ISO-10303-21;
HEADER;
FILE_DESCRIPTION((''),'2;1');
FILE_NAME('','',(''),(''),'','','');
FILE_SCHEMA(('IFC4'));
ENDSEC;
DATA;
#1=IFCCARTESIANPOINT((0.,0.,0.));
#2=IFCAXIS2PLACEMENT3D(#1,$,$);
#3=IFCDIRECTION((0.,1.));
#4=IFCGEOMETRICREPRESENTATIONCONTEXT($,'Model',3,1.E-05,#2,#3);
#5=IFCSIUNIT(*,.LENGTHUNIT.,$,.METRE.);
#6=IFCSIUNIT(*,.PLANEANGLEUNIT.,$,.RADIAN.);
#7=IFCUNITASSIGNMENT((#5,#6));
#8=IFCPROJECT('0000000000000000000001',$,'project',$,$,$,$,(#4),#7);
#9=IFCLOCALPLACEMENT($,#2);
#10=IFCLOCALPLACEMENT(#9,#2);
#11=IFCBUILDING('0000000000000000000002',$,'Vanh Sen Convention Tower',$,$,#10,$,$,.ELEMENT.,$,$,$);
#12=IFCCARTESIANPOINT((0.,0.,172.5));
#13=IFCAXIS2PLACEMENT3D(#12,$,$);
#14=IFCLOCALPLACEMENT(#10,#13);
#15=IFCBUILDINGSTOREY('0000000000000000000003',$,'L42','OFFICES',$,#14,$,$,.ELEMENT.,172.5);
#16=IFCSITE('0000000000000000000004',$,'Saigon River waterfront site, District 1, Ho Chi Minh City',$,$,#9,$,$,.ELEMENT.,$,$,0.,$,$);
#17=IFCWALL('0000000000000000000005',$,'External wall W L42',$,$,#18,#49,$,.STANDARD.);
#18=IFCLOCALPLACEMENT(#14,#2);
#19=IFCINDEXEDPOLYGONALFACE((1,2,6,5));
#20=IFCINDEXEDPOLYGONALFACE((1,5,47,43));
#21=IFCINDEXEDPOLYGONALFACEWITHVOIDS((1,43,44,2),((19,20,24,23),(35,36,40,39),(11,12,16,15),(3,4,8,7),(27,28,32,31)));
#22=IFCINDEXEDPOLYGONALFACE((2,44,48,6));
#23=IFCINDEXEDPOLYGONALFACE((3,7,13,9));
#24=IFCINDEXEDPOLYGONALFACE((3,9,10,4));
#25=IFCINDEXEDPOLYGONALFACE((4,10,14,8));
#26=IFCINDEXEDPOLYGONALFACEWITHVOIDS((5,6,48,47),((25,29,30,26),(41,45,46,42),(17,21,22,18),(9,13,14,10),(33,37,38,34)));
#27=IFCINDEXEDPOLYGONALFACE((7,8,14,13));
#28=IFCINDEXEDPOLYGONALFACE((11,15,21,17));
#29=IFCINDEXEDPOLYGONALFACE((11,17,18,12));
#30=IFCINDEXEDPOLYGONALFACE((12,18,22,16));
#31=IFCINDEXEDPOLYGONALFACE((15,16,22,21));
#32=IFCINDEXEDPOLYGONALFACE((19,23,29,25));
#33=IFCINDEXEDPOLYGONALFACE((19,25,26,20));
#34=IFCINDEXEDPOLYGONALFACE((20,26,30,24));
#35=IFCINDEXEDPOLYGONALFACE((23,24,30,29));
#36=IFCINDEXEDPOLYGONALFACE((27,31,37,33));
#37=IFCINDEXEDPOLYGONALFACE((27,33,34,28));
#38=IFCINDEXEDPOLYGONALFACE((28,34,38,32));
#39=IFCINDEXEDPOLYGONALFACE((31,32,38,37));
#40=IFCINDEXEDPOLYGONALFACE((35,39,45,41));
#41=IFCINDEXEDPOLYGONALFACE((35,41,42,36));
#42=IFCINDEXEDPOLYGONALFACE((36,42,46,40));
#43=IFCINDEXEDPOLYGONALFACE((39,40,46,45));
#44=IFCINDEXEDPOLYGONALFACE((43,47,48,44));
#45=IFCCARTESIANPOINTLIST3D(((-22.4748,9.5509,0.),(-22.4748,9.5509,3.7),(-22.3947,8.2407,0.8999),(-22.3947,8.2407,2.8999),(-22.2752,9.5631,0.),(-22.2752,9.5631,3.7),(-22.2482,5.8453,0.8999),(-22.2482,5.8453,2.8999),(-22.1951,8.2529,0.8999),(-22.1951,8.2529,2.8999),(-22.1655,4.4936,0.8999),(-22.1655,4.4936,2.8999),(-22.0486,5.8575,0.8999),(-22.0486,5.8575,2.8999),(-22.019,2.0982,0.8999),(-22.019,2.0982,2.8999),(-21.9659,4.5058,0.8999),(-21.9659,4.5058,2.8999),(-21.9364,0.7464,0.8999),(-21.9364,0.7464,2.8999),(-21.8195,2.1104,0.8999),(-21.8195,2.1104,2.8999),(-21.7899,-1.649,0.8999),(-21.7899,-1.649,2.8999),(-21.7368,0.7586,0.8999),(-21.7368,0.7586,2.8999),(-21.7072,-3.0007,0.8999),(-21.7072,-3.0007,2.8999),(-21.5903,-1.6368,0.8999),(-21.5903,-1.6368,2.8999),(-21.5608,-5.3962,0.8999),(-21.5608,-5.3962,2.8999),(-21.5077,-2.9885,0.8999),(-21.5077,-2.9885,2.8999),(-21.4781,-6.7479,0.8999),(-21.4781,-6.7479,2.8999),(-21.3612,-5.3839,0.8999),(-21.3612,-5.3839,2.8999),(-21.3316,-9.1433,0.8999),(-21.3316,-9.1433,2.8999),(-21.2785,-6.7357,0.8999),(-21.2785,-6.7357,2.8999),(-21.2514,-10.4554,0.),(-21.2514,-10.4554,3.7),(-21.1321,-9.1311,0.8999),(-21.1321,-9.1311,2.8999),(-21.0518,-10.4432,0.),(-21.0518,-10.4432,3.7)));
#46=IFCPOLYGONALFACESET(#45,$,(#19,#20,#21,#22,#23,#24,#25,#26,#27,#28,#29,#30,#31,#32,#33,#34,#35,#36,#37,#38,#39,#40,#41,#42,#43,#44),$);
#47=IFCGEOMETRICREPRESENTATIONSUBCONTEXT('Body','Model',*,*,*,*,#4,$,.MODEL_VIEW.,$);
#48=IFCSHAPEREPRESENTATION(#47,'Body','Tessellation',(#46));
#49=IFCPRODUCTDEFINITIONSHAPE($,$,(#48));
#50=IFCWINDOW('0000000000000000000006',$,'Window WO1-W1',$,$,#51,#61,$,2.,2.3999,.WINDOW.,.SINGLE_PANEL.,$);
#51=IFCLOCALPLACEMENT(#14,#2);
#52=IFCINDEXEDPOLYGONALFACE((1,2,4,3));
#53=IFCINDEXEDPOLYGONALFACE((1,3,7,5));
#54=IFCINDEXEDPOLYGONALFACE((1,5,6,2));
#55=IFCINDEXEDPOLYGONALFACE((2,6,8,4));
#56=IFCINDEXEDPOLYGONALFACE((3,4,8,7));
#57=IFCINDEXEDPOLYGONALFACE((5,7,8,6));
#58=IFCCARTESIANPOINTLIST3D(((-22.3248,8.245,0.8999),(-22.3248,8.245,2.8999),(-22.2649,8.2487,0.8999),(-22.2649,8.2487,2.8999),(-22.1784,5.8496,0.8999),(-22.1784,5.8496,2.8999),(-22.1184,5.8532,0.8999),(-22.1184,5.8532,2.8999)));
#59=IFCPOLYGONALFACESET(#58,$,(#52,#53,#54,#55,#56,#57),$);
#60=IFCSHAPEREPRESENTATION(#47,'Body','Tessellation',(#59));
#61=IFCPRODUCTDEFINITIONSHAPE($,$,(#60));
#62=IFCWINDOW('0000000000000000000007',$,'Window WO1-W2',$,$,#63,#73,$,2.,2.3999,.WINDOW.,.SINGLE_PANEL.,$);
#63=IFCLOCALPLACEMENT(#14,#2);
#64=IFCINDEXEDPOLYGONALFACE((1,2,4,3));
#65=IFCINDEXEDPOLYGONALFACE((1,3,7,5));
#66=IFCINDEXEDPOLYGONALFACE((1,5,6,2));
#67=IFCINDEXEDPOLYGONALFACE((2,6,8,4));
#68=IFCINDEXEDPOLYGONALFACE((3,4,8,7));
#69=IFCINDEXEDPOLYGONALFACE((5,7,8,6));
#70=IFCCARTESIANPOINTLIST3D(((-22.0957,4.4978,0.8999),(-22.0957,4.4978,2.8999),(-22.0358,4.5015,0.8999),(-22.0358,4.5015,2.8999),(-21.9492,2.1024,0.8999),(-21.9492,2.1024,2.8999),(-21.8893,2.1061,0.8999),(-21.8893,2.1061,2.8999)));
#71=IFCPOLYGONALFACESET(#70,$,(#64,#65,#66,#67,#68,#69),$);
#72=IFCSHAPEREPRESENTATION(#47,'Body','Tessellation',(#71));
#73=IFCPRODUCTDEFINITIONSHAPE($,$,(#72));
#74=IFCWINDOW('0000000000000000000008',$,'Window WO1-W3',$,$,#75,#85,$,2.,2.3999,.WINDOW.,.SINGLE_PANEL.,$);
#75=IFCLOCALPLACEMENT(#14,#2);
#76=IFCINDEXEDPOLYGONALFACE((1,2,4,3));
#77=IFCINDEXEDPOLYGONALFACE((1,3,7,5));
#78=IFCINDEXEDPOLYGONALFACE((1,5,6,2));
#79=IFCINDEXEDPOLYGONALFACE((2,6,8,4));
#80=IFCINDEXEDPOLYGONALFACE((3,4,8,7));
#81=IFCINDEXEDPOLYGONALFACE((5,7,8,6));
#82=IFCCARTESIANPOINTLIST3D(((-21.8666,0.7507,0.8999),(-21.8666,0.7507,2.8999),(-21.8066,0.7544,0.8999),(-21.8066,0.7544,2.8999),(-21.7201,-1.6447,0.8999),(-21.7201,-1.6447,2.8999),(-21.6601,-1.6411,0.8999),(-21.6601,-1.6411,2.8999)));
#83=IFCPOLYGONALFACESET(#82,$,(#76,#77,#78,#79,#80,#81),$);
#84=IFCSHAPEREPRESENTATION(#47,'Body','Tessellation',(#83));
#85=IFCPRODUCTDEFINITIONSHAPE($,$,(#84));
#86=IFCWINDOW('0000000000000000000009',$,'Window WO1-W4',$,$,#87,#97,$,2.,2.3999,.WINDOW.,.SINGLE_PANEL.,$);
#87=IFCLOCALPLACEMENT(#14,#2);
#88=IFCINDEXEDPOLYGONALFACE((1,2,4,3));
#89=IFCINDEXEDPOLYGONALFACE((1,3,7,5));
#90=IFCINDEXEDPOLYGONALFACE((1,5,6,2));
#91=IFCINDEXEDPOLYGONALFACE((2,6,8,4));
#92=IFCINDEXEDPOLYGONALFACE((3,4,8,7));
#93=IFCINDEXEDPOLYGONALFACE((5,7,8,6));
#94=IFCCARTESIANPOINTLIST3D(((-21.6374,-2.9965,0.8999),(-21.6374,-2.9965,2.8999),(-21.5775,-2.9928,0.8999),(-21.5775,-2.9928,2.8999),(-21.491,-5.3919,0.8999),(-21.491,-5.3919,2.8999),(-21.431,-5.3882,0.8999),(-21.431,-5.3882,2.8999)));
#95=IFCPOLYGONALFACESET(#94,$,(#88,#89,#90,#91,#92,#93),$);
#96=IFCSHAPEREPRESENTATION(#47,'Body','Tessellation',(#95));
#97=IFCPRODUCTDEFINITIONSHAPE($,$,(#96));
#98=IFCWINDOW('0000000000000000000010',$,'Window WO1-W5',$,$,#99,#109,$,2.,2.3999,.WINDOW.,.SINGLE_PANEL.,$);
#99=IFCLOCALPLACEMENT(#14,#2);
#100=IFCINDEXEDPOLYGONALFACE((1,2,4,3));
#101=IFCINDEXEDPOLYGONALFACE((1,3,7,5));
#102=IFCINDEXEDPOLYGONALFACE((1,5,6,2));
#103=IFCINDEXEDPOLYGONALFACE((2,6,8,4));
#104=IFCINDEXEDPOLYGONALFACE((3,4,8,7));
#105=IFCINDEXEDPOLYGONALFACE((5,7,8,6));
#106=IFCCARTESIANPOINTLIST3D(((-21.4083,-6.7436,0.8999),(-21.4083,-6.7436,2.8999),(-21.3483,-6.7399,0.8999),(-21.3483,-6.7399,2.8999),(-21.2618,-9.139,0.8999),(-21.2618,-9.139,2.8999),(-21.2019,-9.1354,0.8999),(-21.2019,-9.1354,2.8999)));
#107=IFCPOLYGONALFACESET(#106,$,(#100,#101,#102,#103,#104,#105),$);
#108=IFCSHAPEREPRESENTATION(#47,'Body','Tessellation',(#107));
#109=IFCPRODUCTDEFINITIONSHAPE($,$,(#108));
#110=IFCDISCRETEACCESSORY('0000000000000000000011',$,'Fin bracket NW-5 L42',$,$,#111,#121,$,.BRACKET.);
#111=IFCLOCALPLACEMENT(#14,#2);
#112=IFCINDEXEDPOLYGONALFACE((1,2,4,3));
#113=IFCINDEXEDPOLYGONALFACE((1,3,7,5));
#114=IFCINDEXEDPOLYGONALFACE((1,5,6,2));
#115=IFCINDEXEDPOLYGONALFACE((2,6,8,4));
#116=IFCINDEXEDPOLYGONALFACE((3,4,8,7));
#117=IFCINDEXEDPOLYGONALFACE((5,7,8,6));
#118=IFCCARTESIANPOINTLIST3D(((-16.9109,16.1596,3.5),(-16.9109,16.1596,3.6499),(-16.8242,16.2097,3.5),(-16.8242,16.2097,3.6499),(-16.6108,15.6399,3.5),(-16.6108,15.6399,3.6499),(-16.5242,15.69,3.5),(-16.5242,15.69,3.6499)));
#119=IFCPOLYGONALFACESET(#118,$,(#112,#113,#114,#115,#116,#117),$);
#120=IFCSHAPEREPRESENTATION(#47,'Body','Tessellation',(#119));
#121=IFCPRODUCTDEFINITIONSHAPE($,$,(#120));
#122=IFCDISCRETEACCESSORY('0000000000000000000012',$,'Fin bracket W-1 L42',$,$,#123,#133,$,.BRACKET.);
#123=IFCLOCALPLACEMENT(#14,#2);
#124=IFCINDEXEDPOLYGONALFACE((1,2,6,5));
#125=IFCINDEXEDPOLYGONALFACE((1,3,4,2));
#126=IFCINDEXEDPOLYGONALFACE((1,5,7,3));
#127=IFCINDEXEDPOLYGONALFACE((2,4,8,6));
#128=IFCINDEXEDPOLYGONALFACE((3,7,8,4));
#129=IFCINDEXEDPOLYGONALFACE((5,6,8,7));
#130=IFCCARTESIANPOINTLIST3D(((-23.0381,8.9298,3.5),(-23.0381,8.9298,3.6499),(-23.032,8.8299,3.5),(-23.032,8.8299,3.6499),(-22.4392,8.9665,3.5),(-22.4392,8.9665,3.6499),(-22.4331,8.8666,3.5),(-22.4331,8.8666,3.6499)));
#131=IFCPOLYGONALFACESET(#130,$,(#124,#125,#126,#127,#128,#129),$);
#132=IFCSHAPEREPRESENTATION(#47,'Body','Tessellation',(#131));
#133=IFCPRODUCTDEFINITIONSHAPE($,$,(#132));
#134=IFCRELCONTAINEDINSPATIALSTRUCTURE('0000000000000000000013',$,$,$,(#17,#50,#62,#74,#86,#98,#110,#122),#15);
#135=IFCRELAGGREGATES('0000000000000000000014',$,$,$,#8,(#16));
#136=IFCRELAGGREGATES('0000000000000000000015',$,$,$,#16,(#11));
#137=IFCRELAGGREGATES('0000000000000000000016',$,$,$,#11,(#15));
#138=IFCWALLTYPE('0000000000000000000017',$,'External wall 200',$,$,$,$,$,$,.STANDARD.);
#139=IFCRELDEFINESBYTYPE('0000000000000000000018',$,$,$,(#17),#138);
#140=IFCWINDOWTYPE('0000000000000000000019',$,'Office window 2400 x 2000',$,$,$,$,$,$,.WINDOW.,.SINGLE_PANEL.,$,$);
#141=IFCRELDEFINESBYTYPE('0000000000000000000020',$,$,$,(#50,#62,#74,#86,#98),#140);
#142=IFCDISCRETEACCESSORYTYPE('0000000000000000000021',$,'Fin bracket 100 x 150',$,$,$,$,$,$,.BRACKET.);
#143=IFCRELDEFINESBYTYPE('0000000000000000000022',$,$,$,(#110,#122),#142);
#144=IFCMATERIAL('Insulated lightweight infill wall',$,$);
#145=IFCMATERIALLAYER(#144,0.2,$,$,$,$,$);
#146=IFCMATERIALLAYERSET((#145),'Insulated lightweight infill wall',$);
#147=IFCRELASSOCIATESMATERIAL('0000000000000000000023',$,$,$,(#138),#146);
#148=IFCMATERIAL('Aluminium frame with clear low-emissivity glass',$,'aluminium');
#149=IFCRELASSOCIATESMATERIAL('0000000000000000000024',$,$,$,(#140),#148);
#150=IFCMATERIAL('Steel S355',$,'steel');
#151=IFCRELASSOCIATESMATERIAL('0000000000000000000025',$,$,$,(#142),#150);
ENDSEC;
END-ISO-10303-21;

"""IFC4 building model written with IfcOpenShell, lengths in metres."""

from ifc_helpers import new_model, si_unit, direction, frame, frame_2d, origin, origin_2d, place, context, subcontext, project, spatial, rectangle, extrude, material, layer, layer_set, type_object, element, fill, save


model = new_model("IFC4")

# Units and contexts
model_context = context("Model", 3, precision=1e-05, world=origin(), true_north=direction((0.0, 1.0)))
body_context = subcontext(model_context, "Body", "Model", "MODEL_VIEW")
ifc_project = project(units=[si_unit("LENGTHUNIT", "METRE"), si_unit("PLANEANGLEUNIT", "RADIAN")], contexts=[model_context])

# Site, building, storey
site_placement = place(None, origin())
site = spatial("IfcSite", under=ifc_project, at=site_placement, Name="Saigon River waterfront site, District 1, Ho Chi Minh City", CompositionType="ELEMENT", RefElevation=0.0)
building_placement = place(site_placement, origin())
building = spatial("IfcBuilding", under=site, at=building_placement, Name="Vanh Sen Convention Tower", CompositionType="ELEMENT")
storey_placement = place(building_placement, frame((0.0, 0.0, 172.5)))
storey = spatial("IfcBuildingStorey", under=building, at=storey_placement, Name="L42", Description="OFFICES", CompositionType="ELEMENT", Elevation=172.5)

# Shared definitions
ifc_material_1 = material(Name="Insulated lightweight infill wall")
ifc_layer_1 = layer(ifc_material_1, 0.2)
ifc_layer_set_1 = layer_set([ifc_layer_1], Name="Insulated lightweight infill wall")
wall_type_1 = type_object("IfcWallType", Name="External wall 200", PredefinedType="STANDARD", material=ifc_layer_set_1)
ifc_material_2 = material(Name="Aluminium frame with clear low-emissivity glass", Category="aluminium")

# Wall, openings, windows
wall_1_placement = place(storey_placement, frame((-22.375, 9.5571, 0.0), z_axis=(0.0, 0.0, 1.0), x_axis=(0.061036, -0.998136, 0.0)))
wall_1 = element("IfcWall", 1, at=wall_1_placement, inside=storey, type_object=wall_type_1, Name="External wall W L42", PredefinedType="STANDARD", context=body_context, shape_type="SweptSolid", body=[
    extrude(rectangle(XDim=20.0437, YDim=0.2, at=frame_2d((10.022, 0.0))), origin(), (0.0, 0.0, 1.0), 3.7),
])
opening_1_placement = place(wall_1_placement, frame((1.3127, 0.0, 0.8999)))
opening_1 = element("IfcOpeningElement", 2, at=opening_1_placement, cuts=wall_1, PredefinedType="OPENING", context=body_context, shape_type="SweptSolid", body=[
    extrude(rectangle(XDim=2.3999, YDim=2.0, at=frame_2d((1.2, 1.0))), frame((0.0, 0.1099, 0.0), z_axis=(0.0, -1.0, 0.0), x_axis=(1.0, 0.0, 0.0)), (0.0, 0.0, 1.0), 0.22),
])
opening_2_placement = place(wall_1_placement, frame((5.0669, 0.0, 0.8999)))
opening_2 = element("IfcOpeningElement", 3, at=opening_2_placement, cuts=wall_1, PredefinedType="OPENING", context=body_context, shape_type="SweptSolid", body=[
    extrude(rectangle(XDim=2.3999, YDim=2.0, at=frame_2d((1.2, 1.0))), frame((0.0, 0.1099, 0.0), z_axis=(0.0, -1.0, 0.0), x_axis=(1.0, 0.0, 0.0)), (0.0, 0.0, 1.0), 0.22),
])
opening_3_placement = place(wall_1_placement, frame((8.821, 0.0, 0.8999)))
opening_3 = element("IfcOpeningElement", 4, at=opening_3_placement, cuts=wall_1, PredefinedType="OPENING", context=body_context, shape_type="SweptSolid", body=[
    extrude(rectangle(XDim=2.3999, YDim=2.0, at=frame_2d((1.2, 1.0))), frame((0.0, 0.1099, 0.0), z_axis=(0.0, -1.0, 0.0), x_axis=(1.0, 0.0, 0.0)), (0.0, 0.0, 1.0), 0.22),
])
opening_4_placement = place(wall_1_placement, frame((12.5752, 0.0, 0.8999)))
opening_4 = element("IfcOpeningElement", 5, at=opening_4_placement, cuts=wall_1, PredefinedType="OPENING", context=body_context, shape_type="SweptSolid", body=[
    extrude(rectangle(XDim=2.3999, YDim=2.0, at=frame_2d((1.2, 1.0))), frame((0.0, 0.1099, 0.0), z_axis=(0.0, -1.0, 0.0), x_axis=(1.0, 0.0, 0.0)), (0.0, 0.0, 1.0), 0.22),
])
opening_5_placement = place(wall_1_placement, frame((16.3293, 0.0, 0.8999)))
opening_5 = element("IfcOpeningElement", 6, at=opening_5_placement, cuts=wall_1, PredefinedType="OPENING", context=body_context, shape_type="SweptSolid", body=[
    extrude(rectangle(XDim=2.3999, YDim=2.0, at=frame_2d((1.2, 1.0))), frame((0.0, 0.1099, 0.0), z_axis=(0.0, -1.0, 0.0), x_axis=(1.0, 0.0, 0.0)), (0.0, 0.0, 1.0), 0.22),
])
window_type_1 = type_object("IfcWindowType", Name="Office window 2400 x 2000", PartitioningType="SINGLE_PANEL", PredefinedType="WINDOW", material=ifc_material_2)
window_1_placement = place(opening_1_placement, origin())
window_1 = element("IfcWindow", 7, at=window_1_placement, inside=storey, type_object=window_type_1, Name="Window WO1-W1", OverallHeight=2.0, OverallWidth=2.3999, PartitioningType="SINGLE_PANEL", PredefinedType="WINDOW", context=body_context, shape_type="SweptSolid", body=[
    extrude(rectangle(XDim=2.3999, YDim=2.0, at=frame_2d((1.2, 1.0))), frame((0.0, 0.03, 0.0), z_axis=(0.0, -1.0, 0.0), x_axis=(1.0, 0.0, 0.0)), (0.0, 0.0, 1.0), 0.0601),
])
fill(opening_1, window_1)
window_2_placement = place(opening_2_placement, origin())
window_2 = element("IfcWindow", 8, at=window_2_placement, inside=storey, type_object=window_type_1, Name="Window WO1-W2", OverallHeight=2.0, OverallWidth=2.3999, PartitioningType="SINGLE_PANEL", PredefinedType="WINDOW", context=body_context, shape_type="SweptSolid", body=[
    extrude(rectangle(XDim=2.3999, YDim=2.0, at=frame_2d((1.2, 1.0))), frame((0.0, 0.03, 0.0), z_axis=(0.0, -1.0, 0.0), x_axis=(1.0, 0.0, 0.0)), (0.0, 0.0, 1.0), 0.0601),
])
fill(opening_2, window_2)
window_3_placement = place(opening_3_placement, origin())
window_3 = element("IfcWindow", 9, at=window_3_placement, inside=storey, type_object=window_type_1, Name="Window WO1-W3", OverallHeight=2.0, OverallWidth=2.3999, PartitioningType="SINGLE_PANEL", PredefinedType="WINDOW", context=body_context, shape_type="SweptSolid", body=[
    extrude(rectangle(XDim=2.3999, YDim=2.0, at=frame_2d((1.2, 1.0))), frame((0.0, 0.03, 0.0), z_axis=(0.0, -1.0, 0.0), x_axis=(1.0, 0.0, 0.0)), (0.0, 0.0, 1.0), 0.0601),
])
fill(opening_3, window_3)
window_4_placement = place(opening_4_placement, origin())
window_4 = element("IfcWindow", 10, at=window_4_placement, inside=storey, type_object=window_type_1, Name="Window WO1-W4", OverallHeight=2.0, OverallWidth=2.3999, PartitioningType="SINGLE_PANEL", PredefinedType="WINDOW", context=body_context, shape_type="SweptSolid", body=[
    extrude(rectangle(XDim=2.3999, YDim=2.0, at=frame_2d((1.2, 1.0))), frame((0.0, 0.03, 0.0), z_axis=(0.0, -1.0, 0.0), x_axis=(1.0, 0.0, 0.0)), (0.0, 0.0, 1.0), 0.0601),
])
fill(opening_4, window_4)
window_5_placement = place(opening_5_placement, origin())
window_5 = element("IfcWindow", 11, at=window_5_placement, inside=storey, type_object=window_type_1, Name="Window WO1-W5", OverallHeight=2.0, OverallWidth=2.3999, PartitioningType="SINGLE_PANEL", PredefinedType="WINDOW", context=body_context, shape_type="SweptSolid", body=[
    extrude(rectangle(XDim=2.3999, YDim=2.0, at=frame_2d((1.2, 1.0))), frame((0.0, 0.03, 0.0), z_axis=(0.0, -1.0, 0.0), x_axis=(1.0, 0.0, 0.0)), (0.0, 0.0, 1.0), 0.0601),
])
fill(opening_5, window_5)

# Discrete accessories
ifc_material_3 = material(Name="Steel S355", Category="steel")
discrete_accessory_type = type_object("IfcDiscreteAccessoryType", Name="Fin bracket 100 x 150", PredefinedType="BRACKET", material=ifc_material_3)
for number, where, z_axis, x_axis, name in (
    (12, (-16.7175, 15.9248, 3.5), (0.0, 0.0, 1.0), (-0.5, 0.866025, 0.0), "Fin bracket NW-5 L42"),
    (13, (-22.7356, 8.8982, 3.5), (0.0, 0.0, 1.0), (-0.998135, -0.061049, 0.0), "Fin bracket W-1 L42"),
):
    element("IfcDiscreteAccessory", number, at=place(storey_placement, frame(where, z_axis=z_axis, x_axis=x_axis)), inside=storey, type_object=discrete_accessory_type, Name=name, PredefinedType="BRACKET", context=body_context, shape_type="SweptSolid", body=[
        extrude(rectangle(XDim=0.6001, YDim=0.1001, at=origin_2d()), origin(), (0.0, 0.0, 1.0), 0.1499),
    ])

save(model, "model.ifc")
